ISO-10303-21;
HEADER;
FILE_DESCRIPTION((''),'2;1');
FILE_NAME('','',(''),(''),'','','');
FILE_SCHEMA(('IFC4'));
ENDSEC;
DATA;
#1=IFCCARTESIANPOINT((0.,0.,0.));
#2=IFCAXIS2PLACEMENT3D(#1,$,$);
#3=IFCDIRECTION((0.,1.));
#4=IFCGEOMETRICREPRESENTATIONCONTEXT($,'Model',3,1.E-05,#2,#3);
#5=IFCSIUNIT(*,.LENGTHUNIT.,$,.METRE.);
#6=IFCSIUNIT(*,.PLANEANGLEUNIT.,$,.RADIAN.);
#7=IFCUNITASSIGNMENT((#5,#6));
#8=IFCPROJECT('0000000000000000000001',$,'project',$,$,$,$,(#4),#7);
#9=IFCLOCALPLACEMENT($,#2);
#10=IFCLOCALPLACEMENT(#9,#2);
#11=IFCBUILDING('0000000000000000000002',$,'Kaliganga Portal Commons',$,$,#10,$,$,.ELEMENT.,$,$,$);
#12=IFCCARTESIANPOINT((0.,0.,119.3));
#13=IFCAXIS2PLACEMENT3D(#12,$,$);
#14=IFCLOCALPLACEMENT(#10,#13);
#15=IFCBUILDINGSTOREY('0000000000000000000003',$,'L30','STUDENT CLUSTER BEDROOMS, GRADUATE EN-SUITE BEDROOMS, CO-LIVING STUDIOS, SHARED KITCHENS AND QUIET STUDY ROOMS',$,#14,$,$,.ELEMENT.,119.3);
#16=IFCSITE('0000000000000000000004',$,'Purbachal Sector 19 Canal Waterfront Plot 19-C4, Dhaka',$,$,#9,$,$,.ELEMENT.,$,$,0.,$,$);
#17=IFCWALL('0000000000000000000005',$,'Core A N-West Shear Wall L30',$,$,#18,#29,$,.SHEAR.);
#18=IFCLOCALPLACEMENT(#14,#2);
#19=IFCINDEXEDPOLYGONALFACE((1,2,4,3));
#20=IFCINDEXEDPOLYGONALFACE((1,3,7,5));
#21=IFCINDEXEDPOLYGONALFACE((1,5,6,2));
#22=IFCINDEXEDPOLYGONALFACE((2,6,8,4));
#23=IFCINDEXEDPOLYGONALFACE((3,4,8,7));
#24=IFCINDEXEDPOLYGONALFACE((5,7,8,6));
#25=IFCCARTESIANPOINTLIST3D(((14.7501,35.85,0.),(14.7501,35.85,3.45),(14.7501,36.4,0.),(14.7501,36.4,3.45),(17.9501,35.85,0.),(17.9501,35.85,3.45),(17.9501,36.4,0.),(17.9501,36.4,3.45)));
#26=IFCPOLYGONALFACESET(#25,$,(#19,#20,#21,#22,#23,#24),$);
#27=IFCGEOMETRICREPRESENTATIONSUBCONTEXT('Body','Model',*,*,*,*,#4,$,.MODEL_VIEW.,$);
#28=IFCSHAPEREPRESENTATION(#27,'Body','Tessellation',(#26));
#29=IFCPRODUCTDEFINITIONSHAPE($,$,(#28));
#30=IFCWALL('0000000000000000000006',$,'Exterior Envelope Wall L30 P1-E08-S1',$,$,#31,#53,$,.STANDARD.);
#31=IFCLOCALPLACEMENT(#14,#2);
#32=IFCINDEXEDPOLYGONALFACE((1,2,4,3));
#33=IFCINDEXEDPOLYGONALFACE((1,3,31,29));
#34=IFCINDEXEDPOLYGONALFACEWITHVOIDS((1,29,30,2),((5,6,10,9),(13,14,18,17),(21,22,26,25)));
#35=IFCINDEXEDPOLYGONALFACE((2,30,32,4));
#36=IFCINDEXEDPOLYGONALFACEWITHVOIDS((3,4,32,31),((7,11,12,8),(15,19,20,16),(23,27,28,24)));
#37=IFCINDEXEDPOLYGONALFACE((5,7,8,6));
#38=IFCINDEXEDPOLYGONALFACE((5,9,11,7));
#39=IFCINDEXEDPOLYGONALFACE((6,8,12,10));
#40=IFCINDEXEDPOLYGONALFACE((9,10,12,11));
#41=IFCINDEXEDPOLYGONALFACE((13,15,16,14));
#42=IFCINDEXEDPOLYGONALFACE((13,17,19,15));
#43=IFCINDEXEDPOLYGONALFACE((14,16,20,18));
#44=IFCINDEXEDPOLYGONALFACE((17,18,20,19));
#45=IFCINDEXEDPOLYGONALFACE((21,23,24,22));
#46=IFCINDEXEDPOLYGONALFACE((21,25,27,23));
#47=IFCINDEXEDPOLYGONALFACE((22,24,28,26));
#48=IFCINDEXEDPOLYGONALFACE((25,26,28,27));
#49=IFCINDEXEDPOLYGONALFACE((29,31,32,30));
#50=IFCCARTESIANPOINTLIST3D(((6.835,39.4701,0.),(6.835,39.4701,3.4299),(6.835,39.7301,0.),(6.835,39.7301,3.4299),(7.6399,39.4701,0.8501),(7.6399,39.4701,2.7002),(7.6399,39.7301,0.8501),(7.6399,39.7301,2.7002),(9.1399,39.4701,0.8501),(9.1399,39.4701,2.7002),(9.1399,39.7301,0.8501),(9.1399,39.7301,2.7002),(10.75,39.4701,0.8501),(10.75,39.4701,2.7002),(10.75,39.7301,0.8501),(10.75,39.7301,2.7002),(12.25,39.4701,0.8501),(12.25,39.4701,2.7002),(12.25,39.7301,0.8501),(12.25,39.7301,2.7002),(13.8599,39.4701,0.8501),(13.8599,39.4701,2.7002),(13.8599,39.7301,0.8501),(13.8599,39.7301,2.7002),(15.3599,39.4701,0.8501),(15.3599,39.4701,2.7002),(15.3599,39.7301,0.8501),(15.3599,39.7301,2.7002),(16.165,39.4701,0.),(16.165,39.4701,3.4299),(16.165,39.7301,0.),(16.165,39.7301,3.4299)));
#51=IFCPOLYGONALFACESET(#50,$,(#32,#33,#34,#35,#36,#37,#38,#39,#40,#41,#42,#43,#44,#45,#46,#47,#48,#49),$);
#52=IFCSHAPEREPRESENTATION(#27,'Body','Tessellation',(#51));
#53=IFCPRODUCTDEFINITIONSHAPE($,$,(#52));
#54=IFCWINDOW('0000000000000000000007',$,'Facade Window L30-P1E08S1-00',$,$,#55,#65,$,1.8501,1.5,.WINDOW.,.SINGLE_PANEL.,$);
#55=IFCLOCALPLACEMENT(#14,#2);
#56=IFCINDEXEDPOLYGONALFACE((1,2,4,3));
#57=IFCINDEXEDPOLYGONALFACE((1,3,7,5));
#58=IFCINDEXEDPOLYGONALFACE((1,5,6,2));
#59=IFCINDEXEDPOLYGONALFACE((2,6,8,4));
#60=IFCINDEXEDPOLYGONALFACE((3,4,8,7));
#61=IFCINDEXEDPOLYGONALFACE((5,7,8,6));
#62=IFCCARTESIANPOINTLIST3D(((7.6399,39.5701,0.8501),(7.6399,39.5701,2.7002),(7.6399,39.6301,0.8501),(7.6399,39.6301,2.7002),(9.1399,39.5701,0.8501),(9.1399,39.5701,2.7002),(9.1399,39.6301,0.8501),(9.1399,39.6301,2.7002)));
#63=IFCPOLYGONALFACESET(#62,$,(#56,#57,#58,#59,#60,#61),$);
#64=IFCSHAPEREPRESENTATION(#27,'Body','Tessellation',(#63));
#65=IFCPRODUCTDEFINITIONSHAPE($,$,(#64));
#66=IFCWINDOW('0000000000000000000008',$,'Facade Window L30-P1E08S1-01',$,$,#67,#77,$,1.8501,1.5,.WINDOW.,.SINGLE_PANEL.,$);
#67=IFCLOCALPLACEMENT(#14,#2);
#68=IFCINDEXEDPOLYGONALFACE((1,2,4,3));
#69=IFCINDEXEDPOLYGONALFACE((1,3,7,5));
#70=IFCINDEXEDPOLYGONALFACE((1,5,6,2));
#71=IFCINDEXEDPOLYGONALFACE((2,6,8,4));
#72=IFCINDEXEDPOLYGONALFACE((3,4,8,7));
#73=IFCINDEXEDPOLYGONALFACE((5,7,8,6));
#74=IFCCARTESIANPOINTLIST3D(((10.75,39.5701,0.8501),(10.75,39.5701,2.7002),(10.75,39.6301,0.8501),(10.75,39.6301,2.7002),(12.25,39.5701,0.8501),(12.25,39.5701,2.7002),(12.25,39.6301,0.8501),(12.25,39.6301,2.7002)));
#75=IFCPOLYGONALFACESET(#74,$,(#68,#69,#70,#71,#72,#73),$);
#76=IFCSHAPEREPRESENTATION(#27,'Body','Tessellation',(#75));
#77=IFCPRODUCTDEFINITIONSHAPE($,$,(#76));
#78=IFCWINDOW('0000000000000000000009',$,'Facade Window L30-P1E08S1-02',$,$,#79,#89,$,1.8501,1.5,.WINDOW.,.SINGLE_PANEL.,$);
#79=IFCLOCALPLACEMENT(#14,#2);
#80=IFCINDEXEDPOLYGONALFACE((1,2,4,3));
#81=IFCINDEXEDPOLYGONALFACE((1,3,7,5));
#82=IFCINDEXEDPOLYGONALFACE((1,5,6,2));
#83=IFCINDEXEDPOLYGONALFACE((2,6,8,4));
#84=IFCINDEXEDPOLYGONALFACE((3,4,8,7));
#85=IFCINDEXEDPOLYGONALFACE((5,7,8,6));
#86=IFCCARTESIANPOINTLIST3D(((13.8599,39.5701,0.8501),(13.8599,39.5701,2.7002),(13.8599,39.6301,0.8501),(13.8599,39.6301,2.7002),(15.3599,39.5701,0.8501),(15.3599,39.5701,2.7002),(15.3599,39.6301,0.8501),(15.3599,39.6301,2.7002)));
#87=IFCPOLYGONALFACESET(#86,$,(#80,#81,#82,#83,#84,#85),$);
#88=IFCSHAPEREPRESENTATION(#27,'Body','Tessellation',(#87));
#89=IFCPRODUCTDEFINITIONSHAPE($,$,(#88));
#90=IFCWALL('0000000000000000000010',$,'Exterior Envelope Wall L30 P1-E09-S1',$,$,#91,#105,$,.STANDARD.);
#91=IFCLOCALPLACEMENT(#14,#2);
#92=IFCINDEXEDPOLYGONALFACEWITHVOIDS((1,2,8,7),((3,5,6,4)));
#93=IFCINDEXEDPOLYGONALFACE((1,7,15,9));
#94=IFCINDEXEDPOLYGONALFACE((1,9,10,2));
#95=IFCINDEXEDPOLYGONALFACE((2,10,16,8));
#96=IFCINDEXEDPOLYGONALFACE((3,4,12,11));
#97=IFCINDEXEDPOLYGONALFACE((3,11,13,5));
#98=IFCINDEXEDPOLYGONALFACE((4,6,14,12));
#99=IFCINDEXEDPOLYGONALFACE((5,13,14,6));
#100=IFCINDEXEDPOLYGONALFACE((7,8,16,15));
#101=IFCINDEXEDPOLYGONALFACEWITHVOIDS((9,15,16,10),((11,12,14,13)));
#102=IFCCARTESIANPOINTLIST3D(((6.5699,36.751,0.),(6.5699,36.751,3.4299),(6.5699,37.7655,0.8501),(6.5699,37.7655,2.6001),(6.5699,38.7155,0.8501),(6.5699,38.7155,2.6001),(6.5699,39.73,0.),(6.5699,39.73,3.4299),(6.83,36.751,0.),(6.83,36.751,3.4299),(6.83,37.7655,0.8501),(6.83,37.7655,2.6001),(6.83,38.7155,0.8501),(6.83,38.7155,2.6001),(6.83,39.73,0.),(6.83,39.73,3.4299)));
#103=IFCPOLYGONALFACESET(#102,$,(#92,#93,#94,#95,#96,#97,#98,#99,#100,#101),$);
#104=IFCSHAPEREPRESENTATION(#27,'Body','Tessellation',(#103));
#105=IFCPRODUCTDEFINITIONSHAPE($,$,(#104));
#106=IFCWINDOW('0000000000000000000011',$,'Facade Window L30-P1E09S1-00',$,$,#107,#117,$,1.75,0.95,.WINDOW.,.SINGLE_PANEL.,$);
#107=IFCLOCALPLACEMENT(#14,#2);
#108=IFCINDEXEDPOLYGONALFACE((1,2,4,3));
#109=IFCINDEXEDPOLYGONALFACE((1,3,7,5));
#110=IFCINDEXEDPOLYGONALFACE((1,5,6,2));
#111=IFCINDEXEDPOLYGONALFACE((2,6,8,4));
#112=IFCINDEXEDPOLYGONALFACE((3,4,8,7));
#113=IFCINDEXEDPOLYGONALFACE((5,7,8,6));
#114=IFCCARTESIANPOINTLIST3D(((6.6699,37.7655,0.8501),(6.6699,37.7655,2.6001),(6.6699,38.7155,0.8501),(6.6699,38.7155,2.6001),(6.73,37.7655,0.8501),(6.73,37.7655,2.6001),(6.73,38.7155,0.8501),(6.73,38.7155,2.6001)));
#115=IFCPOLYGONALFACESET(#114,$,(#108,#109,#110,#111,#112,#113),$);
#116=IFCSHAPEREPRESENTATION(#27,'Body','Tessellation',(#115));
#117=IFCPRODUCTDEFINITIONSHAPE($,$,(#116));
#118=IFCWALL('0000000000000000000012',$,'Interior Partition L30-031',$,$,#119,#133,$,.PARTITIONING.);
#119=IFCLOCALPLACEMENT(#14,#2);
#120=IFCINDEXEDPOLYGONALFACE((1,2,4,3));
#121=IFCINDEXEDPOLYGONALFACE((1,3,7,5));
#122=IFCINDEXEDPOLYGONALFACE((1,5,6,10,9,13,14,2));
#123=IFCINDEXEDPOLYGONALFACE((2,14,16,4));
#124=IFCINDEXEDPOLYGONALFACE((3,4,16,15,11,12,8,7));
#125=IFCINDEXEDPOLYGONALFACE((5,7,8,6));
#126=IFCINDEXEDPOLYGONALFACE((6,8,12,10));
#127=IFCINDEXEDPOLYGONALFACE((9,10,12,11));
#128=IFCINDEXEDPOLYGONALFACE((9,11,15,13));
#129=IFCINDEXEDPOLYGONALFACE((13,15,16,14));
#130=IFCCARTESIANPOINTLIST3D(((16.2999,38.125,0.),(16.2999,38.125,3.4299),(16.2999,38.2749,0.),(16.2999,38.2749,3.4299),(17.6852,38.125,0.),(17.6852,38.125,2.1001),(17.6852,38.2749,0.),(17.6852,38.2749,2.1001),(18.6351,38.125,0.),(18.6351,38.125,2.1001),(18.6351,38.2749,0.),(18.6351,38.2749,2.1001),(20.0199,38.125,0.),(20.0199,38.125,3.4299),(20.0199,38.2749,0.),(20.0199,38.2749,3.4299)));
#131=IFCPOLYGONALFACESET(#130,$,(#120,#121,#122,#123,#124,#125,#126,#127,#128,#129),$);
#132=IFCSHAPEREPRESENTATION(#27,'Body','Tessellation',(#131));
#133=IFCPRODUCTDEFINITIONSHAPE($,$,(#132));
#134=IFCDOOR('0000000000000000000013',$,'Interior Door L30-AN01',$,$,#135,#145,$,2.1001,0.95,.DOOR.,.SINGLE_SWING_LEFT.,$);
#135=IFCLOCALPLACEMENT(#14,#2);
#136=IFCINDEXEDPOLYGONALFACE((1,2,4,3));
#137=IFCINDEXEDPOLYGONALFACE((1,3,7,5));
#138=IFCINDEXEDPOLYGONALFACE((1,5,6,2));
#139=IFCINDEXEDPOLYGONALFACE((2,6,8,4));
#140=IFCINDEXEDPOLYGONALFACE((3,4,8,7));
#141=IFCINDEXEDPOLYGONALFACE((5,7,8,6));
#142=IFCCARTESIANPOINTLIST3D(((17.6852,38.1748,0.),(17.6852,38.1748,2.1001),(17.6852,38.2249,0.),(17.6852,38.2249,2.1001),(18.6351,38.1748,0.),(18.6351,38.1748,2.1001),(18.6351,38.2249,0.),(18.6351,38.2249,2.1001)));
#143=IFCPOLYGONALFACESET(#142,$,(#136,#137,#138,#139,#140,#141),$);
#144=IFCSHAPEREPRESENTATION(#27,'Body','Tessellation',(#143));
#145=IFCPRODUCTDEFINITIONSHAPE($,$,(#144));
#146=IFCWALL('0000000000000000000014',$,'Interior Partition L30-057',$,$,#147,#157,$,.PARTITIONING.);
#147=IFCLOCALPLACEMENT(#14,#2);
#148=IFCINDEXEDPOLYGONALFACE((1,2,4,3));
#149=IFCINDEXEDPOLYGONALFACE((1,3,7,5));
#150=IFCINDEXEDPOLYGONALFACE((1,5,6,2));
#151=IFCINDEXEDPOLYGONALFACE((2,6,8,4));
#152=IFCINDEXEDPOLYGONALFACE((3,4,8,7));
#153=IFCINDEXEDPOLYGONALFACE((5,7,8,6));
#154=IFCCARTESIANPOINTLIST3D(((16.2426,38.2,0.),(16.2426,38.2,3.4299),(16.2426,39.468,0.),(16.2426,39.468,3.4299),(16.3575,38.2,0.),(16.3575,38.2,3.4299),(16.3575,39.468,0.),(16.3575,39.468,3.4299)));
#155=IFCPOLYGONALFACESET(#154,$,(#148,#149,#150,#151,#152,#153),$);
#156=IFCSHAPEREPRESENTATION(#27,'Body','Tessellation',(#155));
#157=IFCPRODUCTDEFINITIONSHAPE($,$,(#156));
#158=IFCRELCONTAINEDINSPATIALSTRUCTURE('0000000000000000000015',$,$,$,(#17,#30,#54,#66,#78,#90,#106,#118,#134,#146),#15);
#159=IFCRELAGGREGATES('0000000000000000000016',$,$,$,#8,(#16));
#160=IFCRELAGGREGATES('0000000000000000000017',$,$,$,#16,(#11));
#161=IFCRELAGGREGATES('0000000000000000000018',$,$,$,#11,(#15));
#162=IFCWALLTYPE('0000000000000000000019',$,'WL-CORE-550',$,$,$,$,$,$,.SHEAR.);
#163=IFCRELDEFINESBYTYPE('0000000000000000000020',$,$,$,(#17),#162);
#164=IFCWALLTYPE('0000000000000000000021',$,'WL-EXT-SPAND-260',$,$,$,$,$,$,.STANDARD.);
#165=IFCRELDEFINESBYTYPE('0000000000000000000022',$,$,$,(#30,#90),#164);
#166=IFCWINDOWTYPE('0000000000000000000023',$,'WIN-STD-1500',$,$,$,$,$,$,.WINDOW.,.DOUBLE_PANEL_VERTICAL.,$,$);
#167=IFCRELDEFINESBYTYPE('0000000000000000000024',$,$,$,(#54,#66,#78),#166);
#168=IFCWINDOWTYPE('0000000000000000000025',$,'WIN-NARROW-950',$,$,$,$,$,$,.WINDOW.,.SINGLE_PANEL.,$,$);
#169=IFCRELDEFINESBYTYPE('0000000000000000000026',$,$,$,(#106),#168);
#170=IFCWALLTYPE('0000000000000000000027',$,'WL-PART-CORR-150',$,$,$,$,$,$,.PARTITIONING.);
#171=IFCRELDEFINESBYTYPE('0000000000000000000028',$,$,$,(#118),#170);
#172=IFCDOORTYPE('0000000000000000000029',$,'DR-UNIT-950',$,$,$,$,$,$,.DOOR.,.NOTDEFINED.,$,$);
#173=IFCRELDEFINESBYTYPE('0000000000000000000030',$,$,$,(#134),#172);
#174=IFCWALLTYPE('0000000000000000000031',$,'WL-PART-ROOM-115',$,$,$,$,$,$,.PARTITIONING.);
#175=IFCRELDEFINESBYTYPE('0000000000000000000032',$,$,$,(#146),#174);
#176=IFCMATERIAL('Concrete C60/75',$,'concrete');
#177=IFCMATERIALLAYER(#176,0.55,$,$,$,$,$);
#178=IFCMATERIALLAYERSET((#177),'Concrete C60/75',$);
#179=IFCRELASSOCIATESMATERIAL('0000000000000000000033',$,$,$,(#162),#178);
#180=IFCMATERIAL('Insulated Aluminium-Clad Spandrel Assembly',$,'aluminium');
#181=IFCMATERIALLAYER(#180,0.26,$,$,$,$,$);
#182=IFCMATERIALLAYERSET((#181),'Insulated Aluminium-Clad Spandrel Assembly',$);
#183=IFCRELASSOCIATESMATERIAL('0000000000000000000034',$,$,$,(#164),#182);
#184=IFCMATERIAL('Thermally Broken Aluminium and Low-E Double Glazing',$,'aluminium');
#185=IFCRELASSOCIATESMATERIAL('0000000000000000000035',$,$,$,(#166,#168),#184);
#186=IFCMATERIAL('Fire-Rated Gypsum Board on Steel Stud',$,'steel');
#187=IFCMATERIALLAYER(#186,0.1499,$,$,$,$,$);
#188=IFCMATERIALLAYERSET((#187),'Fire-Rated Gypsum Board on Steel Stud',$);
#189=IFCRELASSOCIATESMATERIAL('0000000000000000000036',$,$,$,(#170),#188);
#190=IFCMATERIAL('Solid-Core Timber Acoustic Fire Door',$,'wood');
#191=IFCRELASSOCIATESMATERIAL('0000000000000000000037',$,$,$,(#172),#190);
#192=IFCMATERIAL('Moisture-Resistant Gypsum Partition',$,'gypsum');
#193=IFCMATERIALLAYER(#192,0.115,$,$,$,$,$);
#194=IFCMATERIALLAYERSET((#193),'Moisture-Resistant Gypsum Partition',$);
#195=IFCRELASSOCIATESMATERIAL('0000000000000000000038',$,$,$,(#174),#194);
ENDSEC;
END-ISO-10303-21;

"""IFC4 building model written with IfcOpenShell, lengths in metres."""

from ifc_helpers import new_model, si_unit, direction, frame, frame_2d, origin, place, context, subcontext, project, spatial, rectangle, extrude, material, layer, layer_set, type_object, element, fill, save


model = new_model("IFC4")

# Units and contexts
model_context = context("Model", 3, precision=1e-05, world=origin(), true_north=direction((0.0, 1.0)))
body_context = subcontext(model_context, "Body", "Model", "MODEL_VIEW")
ifc_project = project(units=[si_unit("LENGTHUNIT", "METRE"), si_unit("PLANEANGLEUNIT", "RADIAN")], contexts=[model_context])

# Site, building, storey
site_placement = place(None, origin())
site = spatial("IfcSite", under=ifc_project, at=site_placement, Name="Purbachal Sector 19 Canal Waterfront Plot 19-C4, Dhaka", CompositionType="ELEMENT", RefElevation=0.0)
building_placement = place(site_placement, origin())
building = spatial("IfcBuilding", under=site, at=building_placement, Name="Kaliganga Portal Commons", CompositionType="ELEMENT")
storey_placement = place(building_placement, frame((0.0, 0.0, 119.3)))
storey = spatial("IfcBuildingStorey", under=building, at=storey_placement, Name="L30", Description="STUDENT CLUSTER BEDROOMS, GRADUATE EN-SUITE BEDROOMS, CO-LIVING STUDIOS, SHARED KITCHENS AND QUIET STUDY ROOMS", CompositionType="ELEMENT", Elevation=119.3)

# Shared definitions
ifc_material_1 = material(Name="Concrete C60/75", Category="concrete")

# Wall
ifc_layer_1 = layer(ifc_material_1, 0.55)
ifc_layer_set_1 = layer_set([ifc_layer_1], Name="Concrete C60/75")
wall_type_1 = type_object("IfcWallType", Name="WL-CORE-550", PredefinedType="SHEAR", material=ifc_layer_set_1)
wall_1_placement = place(storey_placement, frame((14.75, 36.125, 0.0), z_axis=(0.0, 0.0, 1.0), x_axis=(1.0, 0.0, 0.0)))
element("IfcWall", 1, at=wall_1_placement, inside=storey, type_object=wall_type_1, Name="Core A N-West Shear Wall L30", PredefinedType="SHEAR", context=body_context, shape_type="SweptSolid", body=[
    extrude(rectangle(XDim=3.2, YDim=0.55, at=frame_2d((1.6001, 0.0))), origin(), (0.0, 0.0, 1.0), 3.45),
])

# Wall, openings, windows
ifc_material_2 = material(Name="Insulated Aluminium-Clad Spandrel Assembly", Category="aluminium")
ifc_layer_2 = layer(ifc_material_2, 0.26)
ifc_layer_set_2 = layer_set([ifc_layer_2], Name="Insulated Aluminium-Clad Spandrel Assembly")
wall_type_2 = type_object("IfcWallType", Name="WL-EXT-SPAND-260", PredefinedType="STANDARD", material=ifc_layer_set_2)
wall_2_placement = place(storey_placement, frame((6.835, 39.6001, 0.0), z_axis=(0.0, 0.0, 1.0), x_axis=(1.0, 0.0, 0.0)))
wall_2 = element("IfcWall", 2, at=wall_2_placement, inside=storey, type_object=wall_type_2, Name="Exterior Envelope Wall L30 P1-E08-S1", PredefinedType="STANDARD", context=body_context, shape_type="SweptSolid", body=[
    extrude(rectangle(XDim=9.3301, YDim=0.26, at=frame_2d((4.665, 0.0))), origin(), (0.0, 0.0, 1.0), 3.4299),
])
opening_1_placement = place(wall_2_placement, frame((0.8049, 0.0, 0.8501)))
opening_1 = element("IfcOpeningElement", 3, at=opening_1_placement, cuts=wall_2, PredefinedType="OPENING", context=body_context, shape_type="SweptSolid", body=[
    extrude(rectangle(XDim=1.5, YDim=1.8501, at=frame_2d((0.75, 0.925))), frame((0.0, 0.1401, 0.0), z_axis=(0.0, -1.0, 0.0), x_axis=(1.0, 0.0, 0.0)), (0.0, 0.0, 1.0), 0.28),
])
opening_2_placement = place(wall_2_placement, frame((3.915, 0.0, 0.8501)))
opening_2 = element("IfcOpeningElement", 4, at=opening_2_placement, cuts=wall_2, PredefinedType="OPENING", context=body_context, shape_type="SweptSolid", body=[
    extrude(rectangle(XDim=1.5, YDim=1.8501, at=frame_2d((0.75, 0.925))), frame((0.0, 0.1401, 0.0), z_axis=(0.0, -1.0, 0.0), x_axis=(1.0, 0.0, 0.0)), (0.0, 0.0, 1.0), 0.28),
])
opening_3_placement = place(wall_2_placement, frame((7.0249, 0.0, 0.8501)))
opening_3 = element("IfcOpeningElement", 5, at=opening_3_placement, cuts=wall_2, PredefinedType="OPENING", context=body_context, shape_type="SweptSolid", body=[
    extrude(rectangle(XDim=1.5, YDim=1.8501, at=frame_2d((0.75, 0.925))), frame((0.0, 0.1401, 0.0), z_axis=(0.0, -1.0, 0.0), x_axis=(1.0, 0.0, 0.0)), (0.0, 0.0, 1.0), 0.28),
])
ifc_material_3 = material(Name="Thermally Broken Aluminium and Low-E Double Glazing", Category="aluminium")
window_type_1 = type_object("IfcWindowType", Name="WIN-STD-1500", PartitioningType="DOUBLE_PANEL_VERTICAL", PredefinedType="WINDOW", material=ifc_material_3)
window_1_placement = place(opening_1_placement, origin())
window_1 = element("IfcWindow", 6, at=window_1_placement, inside=storey, type_object=window_type_1, Name="Facade Window L30-P1E08S1-00", OverallHeight=1.8501, OverallWidth=1.5, PartitioningType="SINGLE_PANEL", PredefinedType="WINDOW", context=body_context, shape_type="SweptSolid", body=[
    extrude(rectangle(XDim=1.5, YDim=1.8501, at=frame_2d((0.75, 0.925))), frame((0.0, 0.03, 0.0), z_axis=(0.0, -1.0, 0.0), x_axis=(1.0, 0.0, 0.0)), (0.0, 0.0, 1.0), 0.0601),
])
fill(opening_1, window_1)
window_2_placement = place(opening_2_placement, origin())
window_2 = element("IfcWindow", 7, at=window_2_placement, inside=storey, type_object=window_type_1, Name="Facade Window L30-P1E08S1-01", OverallHeight=1.8501, OverallWidth=1.5, PartitioningType="SINGLE_PANEL", PredefinedType="WINDOW", context=body_context, shape_type="SweptSolid", body=[
    extrude(rectangle(XDim=1.5, YDim=1.8501, at=frame_2d((0.75, 0.925))), frame((0.0, 0.03, 0.0), z_axis=(0.0, -1.0, 0.0), x_axis=(1.0, 0.0, 0.0)), (0.0, 0.0, 1.0), 0.0601),
])
fill(opening_2, window_2)
window_3_placement = place(opening_3_placement, origin())
window_3 = element("IfcWindow", 8, at=window_3_placement, inside=storey, type_object=window_type_1, Name="Facade Window L30-P1E08S1-02", OverallHeight=1.8501, OverallWidth=1.5, PartitioningType="SINGLE_PANEL", PredefinedType="WINDOW", context=body_context, shape_type="SweptSolid", body=[
    extrude(rectangle(XDim=1.5, YDim=1.8501, at=frame_2d((0.75, 0.925))), frame((0.0, 0.03, 0.0), z_axis=(0.0, -1.0, 0.0), x_axis=(1.0, 0.0, 0.0)), (0.0, 0.0, 1.0), 0.0601),
])
fill(opening_3, window_3)

# Wall, opening, window
wall_3_placement = place(storey_placement, frame((6.7, 36.751, 0.0), z_axis=(0.0, 0.0, 1.0), x_axis=(0.0, 1.0, 0.0)))
wall_3 = element("IfcWall", 9, at=wall_3_placement, inside=storey, type_object=wall_type_2, Name="Exterior Envelope Wall L30 P1-E09-S1", PredefinedType="STANDARD", context=body_context, shape_type="SweptSolid", body=[
    extrude(rectangle(XDim=2.979, YDim=0.26, at=frame_2d((1.4895, 0.0))), origin(), (0.0, 0.0, 1.0), 3.4299),
])
opening_4_placement = place(wall_3_placement, frame((1.0144, 0.0, 0.8501)))
opening_4 = element("IfcOpeningElement", 10, at=opening_4_placement, cuts=wall_3, PredefinedType="OPENING", context=body_context, shape_type="SweptSolid", body=[
    extrude(rectangle(XDim=0.95, YDim=1.75, at=frame_2d((0.4751, 0.875))), frame((0.0, 0.1401, 0.0), z_axis=(0.0, -1.0, 0.0), x_axis=(1.0, 0.0, 0.0)), (0.0, 0.0, 1.0), 0.28),
])
window_type_2 = type_object("IfcWindowType", Name="WIN-NARROW-950", PartitioningType="SINGLE_PANEL", PredefinedType="WINDOW", material=ifc_material_3)
window_4_placement = place(opening_4_placement, origin())
window_4 = element("IfcWindow", 11, at=window_4_placement, inside=storey, type_object=window_type_2, Name="Facade Window L30-P1E09S1-00", OverallHeight=1.75, OverallWidth=0.95, PartitioningType="SINGLE_PANEL", PredefinedType="WINDOW", context=body_context, shape_type="SweptSolid", body=[
    extrude(rectangle(XDim=0.95, YDim=1.75, at=frame_2d((0.4751, 0.875))), frame((0.0, 0.03, 0.0), z_axis=(0.0, -1.0, 0.0), x_axis=(1.0, 0.0, 0.0)), (0.0, 0.0, 1.0), 0.0601),
])
fill(opening_4, window_4)

# Wall, opening, door
ifc_material_4 = material(Name="Fire-Rated Gypsum Board on Steel Stud", Category="steel")
ifc_layer_3 = layer(ifc_material_4, 0.1499)
ifc_layer_set_3 = layer_set([ifc_layer_3], Name="Fire-Rated Gypsum Board on Steel Stud")
wall_type_3 = type_object("IfcWallType", Name="WL-PART-CORR-150", PredefinedType="PARTITIONING", material=ifc_layer_set_3)
wall_4_placement = place(storey_placement, frame((16.3, 38.2, 0.0), z_axis=(0.0, 0.0, 1.0), x_axis=(1.0, 0.0, 0.0)))
wall_4 = element("IfcWall", 12, at=wall_4_placement, inside=storey, type_object=wall_type_3, Name="Interior Partition L30-031", PredefinedType="PARTITIONING", context=body_context, shape_type="SweptSolid", body=[
    extrude(rectangle(XDim=3.72, YDim=0.1499, at=frame_2d((1.8599, 0.0))), origin(), (0.0, 0.0, 1.0), 3.4299),
])
opening_5_placement = place(wall_4_placement, frame((1.385, 0.0, 0.0)))
opening_5 = element("IfcOpeningElement", 13, at=opening_5_placement, cuts=wall_4, PredefinedType="OPENING", context=body_context, shape_type="SweptSolid", body=[
    extrude(rectangle(XDim=0.95, YDim=2.1001, at=frame_2d((0.4751, 1.05))), frame((0.0, 0.085, 0.0), z_axis=(0.0, -1.0, 0.0), x_axis=(1.0, 0.0, 0.0)), (0.0, 0.0, 1.0), 0.1699),
])
ifc_material_5 = material(Name="Solid-Core Timber Acoustic Fire Door", Category="wood")
door_type_1 = type_object("IfcDoorType", Name="DR-UNIT-950", OperationType="NOTDEFINED", PredefinedType="DOOR", material=ifc_material_5)
door_1_placement = place(opening_5_placement, origin())
door_1 = element("IfcDoor", 14, at=door_1_placement, inside=storey, type_object=door_type_1, Name="Interior Door L30-AN01", OperationType="SINGLE_SWING_LEFT", OverallHeight=2.1001, OverallWidth=0.95, PredefinedType="DOOR", context=body_context, shape_type="SweptSolid", body=[
    extrude(rectangle(XDim=0.95, YDim=2.1001, at=frame_2d((0.4751, 1.05))), frame((0.0, 0.0249, 0.0), z_axis=(0.0, -1.0, 0.0), x_axis=(1.0, 0.0, 0.0)), (0.0, 0.0, 1.0), 0.05),
])
fill(opening_5, door_1)

# Wall
ifc_material_6 = material(Name="Moisture-Resistant Gypsum Partition", Category="gypsum")
ifc_layer_4 = layer(ifc_material_6, 0.115)
ifc_layer_set_4 = layer_set([ifc_layer_4], Name="Moisture-Resistant Gypsum Partition")
wall_type_4 = type_object("IfcWallType", Name="WL-PART-ROOM-115", PredefinedType="PARTITIONING", material=ifc_layer_set_4)
wall_5_placement = place(storey_placement, frame((16.3, 38.2, 0.0), z_axis=(0.0, 0.0, 1.0), x_axis=(0.0, 1.0, 0.0)))
element("IfcWall", 15, at=wall_5_placement, inside=storey, type_object=wall_type_4, Name="Interior Partition L30-057", PredefinedType="PARTITIONING", context=body_context, shape_type="SweptSolid", body=[
    extrude(rectangle(XDim=1.2681, YDim=0.115, at=frame_2d((0.634, 0.0))), origin(), (0.0, 0.0, 1.0), 3.4299),
])

save(model, "model.ifc")
